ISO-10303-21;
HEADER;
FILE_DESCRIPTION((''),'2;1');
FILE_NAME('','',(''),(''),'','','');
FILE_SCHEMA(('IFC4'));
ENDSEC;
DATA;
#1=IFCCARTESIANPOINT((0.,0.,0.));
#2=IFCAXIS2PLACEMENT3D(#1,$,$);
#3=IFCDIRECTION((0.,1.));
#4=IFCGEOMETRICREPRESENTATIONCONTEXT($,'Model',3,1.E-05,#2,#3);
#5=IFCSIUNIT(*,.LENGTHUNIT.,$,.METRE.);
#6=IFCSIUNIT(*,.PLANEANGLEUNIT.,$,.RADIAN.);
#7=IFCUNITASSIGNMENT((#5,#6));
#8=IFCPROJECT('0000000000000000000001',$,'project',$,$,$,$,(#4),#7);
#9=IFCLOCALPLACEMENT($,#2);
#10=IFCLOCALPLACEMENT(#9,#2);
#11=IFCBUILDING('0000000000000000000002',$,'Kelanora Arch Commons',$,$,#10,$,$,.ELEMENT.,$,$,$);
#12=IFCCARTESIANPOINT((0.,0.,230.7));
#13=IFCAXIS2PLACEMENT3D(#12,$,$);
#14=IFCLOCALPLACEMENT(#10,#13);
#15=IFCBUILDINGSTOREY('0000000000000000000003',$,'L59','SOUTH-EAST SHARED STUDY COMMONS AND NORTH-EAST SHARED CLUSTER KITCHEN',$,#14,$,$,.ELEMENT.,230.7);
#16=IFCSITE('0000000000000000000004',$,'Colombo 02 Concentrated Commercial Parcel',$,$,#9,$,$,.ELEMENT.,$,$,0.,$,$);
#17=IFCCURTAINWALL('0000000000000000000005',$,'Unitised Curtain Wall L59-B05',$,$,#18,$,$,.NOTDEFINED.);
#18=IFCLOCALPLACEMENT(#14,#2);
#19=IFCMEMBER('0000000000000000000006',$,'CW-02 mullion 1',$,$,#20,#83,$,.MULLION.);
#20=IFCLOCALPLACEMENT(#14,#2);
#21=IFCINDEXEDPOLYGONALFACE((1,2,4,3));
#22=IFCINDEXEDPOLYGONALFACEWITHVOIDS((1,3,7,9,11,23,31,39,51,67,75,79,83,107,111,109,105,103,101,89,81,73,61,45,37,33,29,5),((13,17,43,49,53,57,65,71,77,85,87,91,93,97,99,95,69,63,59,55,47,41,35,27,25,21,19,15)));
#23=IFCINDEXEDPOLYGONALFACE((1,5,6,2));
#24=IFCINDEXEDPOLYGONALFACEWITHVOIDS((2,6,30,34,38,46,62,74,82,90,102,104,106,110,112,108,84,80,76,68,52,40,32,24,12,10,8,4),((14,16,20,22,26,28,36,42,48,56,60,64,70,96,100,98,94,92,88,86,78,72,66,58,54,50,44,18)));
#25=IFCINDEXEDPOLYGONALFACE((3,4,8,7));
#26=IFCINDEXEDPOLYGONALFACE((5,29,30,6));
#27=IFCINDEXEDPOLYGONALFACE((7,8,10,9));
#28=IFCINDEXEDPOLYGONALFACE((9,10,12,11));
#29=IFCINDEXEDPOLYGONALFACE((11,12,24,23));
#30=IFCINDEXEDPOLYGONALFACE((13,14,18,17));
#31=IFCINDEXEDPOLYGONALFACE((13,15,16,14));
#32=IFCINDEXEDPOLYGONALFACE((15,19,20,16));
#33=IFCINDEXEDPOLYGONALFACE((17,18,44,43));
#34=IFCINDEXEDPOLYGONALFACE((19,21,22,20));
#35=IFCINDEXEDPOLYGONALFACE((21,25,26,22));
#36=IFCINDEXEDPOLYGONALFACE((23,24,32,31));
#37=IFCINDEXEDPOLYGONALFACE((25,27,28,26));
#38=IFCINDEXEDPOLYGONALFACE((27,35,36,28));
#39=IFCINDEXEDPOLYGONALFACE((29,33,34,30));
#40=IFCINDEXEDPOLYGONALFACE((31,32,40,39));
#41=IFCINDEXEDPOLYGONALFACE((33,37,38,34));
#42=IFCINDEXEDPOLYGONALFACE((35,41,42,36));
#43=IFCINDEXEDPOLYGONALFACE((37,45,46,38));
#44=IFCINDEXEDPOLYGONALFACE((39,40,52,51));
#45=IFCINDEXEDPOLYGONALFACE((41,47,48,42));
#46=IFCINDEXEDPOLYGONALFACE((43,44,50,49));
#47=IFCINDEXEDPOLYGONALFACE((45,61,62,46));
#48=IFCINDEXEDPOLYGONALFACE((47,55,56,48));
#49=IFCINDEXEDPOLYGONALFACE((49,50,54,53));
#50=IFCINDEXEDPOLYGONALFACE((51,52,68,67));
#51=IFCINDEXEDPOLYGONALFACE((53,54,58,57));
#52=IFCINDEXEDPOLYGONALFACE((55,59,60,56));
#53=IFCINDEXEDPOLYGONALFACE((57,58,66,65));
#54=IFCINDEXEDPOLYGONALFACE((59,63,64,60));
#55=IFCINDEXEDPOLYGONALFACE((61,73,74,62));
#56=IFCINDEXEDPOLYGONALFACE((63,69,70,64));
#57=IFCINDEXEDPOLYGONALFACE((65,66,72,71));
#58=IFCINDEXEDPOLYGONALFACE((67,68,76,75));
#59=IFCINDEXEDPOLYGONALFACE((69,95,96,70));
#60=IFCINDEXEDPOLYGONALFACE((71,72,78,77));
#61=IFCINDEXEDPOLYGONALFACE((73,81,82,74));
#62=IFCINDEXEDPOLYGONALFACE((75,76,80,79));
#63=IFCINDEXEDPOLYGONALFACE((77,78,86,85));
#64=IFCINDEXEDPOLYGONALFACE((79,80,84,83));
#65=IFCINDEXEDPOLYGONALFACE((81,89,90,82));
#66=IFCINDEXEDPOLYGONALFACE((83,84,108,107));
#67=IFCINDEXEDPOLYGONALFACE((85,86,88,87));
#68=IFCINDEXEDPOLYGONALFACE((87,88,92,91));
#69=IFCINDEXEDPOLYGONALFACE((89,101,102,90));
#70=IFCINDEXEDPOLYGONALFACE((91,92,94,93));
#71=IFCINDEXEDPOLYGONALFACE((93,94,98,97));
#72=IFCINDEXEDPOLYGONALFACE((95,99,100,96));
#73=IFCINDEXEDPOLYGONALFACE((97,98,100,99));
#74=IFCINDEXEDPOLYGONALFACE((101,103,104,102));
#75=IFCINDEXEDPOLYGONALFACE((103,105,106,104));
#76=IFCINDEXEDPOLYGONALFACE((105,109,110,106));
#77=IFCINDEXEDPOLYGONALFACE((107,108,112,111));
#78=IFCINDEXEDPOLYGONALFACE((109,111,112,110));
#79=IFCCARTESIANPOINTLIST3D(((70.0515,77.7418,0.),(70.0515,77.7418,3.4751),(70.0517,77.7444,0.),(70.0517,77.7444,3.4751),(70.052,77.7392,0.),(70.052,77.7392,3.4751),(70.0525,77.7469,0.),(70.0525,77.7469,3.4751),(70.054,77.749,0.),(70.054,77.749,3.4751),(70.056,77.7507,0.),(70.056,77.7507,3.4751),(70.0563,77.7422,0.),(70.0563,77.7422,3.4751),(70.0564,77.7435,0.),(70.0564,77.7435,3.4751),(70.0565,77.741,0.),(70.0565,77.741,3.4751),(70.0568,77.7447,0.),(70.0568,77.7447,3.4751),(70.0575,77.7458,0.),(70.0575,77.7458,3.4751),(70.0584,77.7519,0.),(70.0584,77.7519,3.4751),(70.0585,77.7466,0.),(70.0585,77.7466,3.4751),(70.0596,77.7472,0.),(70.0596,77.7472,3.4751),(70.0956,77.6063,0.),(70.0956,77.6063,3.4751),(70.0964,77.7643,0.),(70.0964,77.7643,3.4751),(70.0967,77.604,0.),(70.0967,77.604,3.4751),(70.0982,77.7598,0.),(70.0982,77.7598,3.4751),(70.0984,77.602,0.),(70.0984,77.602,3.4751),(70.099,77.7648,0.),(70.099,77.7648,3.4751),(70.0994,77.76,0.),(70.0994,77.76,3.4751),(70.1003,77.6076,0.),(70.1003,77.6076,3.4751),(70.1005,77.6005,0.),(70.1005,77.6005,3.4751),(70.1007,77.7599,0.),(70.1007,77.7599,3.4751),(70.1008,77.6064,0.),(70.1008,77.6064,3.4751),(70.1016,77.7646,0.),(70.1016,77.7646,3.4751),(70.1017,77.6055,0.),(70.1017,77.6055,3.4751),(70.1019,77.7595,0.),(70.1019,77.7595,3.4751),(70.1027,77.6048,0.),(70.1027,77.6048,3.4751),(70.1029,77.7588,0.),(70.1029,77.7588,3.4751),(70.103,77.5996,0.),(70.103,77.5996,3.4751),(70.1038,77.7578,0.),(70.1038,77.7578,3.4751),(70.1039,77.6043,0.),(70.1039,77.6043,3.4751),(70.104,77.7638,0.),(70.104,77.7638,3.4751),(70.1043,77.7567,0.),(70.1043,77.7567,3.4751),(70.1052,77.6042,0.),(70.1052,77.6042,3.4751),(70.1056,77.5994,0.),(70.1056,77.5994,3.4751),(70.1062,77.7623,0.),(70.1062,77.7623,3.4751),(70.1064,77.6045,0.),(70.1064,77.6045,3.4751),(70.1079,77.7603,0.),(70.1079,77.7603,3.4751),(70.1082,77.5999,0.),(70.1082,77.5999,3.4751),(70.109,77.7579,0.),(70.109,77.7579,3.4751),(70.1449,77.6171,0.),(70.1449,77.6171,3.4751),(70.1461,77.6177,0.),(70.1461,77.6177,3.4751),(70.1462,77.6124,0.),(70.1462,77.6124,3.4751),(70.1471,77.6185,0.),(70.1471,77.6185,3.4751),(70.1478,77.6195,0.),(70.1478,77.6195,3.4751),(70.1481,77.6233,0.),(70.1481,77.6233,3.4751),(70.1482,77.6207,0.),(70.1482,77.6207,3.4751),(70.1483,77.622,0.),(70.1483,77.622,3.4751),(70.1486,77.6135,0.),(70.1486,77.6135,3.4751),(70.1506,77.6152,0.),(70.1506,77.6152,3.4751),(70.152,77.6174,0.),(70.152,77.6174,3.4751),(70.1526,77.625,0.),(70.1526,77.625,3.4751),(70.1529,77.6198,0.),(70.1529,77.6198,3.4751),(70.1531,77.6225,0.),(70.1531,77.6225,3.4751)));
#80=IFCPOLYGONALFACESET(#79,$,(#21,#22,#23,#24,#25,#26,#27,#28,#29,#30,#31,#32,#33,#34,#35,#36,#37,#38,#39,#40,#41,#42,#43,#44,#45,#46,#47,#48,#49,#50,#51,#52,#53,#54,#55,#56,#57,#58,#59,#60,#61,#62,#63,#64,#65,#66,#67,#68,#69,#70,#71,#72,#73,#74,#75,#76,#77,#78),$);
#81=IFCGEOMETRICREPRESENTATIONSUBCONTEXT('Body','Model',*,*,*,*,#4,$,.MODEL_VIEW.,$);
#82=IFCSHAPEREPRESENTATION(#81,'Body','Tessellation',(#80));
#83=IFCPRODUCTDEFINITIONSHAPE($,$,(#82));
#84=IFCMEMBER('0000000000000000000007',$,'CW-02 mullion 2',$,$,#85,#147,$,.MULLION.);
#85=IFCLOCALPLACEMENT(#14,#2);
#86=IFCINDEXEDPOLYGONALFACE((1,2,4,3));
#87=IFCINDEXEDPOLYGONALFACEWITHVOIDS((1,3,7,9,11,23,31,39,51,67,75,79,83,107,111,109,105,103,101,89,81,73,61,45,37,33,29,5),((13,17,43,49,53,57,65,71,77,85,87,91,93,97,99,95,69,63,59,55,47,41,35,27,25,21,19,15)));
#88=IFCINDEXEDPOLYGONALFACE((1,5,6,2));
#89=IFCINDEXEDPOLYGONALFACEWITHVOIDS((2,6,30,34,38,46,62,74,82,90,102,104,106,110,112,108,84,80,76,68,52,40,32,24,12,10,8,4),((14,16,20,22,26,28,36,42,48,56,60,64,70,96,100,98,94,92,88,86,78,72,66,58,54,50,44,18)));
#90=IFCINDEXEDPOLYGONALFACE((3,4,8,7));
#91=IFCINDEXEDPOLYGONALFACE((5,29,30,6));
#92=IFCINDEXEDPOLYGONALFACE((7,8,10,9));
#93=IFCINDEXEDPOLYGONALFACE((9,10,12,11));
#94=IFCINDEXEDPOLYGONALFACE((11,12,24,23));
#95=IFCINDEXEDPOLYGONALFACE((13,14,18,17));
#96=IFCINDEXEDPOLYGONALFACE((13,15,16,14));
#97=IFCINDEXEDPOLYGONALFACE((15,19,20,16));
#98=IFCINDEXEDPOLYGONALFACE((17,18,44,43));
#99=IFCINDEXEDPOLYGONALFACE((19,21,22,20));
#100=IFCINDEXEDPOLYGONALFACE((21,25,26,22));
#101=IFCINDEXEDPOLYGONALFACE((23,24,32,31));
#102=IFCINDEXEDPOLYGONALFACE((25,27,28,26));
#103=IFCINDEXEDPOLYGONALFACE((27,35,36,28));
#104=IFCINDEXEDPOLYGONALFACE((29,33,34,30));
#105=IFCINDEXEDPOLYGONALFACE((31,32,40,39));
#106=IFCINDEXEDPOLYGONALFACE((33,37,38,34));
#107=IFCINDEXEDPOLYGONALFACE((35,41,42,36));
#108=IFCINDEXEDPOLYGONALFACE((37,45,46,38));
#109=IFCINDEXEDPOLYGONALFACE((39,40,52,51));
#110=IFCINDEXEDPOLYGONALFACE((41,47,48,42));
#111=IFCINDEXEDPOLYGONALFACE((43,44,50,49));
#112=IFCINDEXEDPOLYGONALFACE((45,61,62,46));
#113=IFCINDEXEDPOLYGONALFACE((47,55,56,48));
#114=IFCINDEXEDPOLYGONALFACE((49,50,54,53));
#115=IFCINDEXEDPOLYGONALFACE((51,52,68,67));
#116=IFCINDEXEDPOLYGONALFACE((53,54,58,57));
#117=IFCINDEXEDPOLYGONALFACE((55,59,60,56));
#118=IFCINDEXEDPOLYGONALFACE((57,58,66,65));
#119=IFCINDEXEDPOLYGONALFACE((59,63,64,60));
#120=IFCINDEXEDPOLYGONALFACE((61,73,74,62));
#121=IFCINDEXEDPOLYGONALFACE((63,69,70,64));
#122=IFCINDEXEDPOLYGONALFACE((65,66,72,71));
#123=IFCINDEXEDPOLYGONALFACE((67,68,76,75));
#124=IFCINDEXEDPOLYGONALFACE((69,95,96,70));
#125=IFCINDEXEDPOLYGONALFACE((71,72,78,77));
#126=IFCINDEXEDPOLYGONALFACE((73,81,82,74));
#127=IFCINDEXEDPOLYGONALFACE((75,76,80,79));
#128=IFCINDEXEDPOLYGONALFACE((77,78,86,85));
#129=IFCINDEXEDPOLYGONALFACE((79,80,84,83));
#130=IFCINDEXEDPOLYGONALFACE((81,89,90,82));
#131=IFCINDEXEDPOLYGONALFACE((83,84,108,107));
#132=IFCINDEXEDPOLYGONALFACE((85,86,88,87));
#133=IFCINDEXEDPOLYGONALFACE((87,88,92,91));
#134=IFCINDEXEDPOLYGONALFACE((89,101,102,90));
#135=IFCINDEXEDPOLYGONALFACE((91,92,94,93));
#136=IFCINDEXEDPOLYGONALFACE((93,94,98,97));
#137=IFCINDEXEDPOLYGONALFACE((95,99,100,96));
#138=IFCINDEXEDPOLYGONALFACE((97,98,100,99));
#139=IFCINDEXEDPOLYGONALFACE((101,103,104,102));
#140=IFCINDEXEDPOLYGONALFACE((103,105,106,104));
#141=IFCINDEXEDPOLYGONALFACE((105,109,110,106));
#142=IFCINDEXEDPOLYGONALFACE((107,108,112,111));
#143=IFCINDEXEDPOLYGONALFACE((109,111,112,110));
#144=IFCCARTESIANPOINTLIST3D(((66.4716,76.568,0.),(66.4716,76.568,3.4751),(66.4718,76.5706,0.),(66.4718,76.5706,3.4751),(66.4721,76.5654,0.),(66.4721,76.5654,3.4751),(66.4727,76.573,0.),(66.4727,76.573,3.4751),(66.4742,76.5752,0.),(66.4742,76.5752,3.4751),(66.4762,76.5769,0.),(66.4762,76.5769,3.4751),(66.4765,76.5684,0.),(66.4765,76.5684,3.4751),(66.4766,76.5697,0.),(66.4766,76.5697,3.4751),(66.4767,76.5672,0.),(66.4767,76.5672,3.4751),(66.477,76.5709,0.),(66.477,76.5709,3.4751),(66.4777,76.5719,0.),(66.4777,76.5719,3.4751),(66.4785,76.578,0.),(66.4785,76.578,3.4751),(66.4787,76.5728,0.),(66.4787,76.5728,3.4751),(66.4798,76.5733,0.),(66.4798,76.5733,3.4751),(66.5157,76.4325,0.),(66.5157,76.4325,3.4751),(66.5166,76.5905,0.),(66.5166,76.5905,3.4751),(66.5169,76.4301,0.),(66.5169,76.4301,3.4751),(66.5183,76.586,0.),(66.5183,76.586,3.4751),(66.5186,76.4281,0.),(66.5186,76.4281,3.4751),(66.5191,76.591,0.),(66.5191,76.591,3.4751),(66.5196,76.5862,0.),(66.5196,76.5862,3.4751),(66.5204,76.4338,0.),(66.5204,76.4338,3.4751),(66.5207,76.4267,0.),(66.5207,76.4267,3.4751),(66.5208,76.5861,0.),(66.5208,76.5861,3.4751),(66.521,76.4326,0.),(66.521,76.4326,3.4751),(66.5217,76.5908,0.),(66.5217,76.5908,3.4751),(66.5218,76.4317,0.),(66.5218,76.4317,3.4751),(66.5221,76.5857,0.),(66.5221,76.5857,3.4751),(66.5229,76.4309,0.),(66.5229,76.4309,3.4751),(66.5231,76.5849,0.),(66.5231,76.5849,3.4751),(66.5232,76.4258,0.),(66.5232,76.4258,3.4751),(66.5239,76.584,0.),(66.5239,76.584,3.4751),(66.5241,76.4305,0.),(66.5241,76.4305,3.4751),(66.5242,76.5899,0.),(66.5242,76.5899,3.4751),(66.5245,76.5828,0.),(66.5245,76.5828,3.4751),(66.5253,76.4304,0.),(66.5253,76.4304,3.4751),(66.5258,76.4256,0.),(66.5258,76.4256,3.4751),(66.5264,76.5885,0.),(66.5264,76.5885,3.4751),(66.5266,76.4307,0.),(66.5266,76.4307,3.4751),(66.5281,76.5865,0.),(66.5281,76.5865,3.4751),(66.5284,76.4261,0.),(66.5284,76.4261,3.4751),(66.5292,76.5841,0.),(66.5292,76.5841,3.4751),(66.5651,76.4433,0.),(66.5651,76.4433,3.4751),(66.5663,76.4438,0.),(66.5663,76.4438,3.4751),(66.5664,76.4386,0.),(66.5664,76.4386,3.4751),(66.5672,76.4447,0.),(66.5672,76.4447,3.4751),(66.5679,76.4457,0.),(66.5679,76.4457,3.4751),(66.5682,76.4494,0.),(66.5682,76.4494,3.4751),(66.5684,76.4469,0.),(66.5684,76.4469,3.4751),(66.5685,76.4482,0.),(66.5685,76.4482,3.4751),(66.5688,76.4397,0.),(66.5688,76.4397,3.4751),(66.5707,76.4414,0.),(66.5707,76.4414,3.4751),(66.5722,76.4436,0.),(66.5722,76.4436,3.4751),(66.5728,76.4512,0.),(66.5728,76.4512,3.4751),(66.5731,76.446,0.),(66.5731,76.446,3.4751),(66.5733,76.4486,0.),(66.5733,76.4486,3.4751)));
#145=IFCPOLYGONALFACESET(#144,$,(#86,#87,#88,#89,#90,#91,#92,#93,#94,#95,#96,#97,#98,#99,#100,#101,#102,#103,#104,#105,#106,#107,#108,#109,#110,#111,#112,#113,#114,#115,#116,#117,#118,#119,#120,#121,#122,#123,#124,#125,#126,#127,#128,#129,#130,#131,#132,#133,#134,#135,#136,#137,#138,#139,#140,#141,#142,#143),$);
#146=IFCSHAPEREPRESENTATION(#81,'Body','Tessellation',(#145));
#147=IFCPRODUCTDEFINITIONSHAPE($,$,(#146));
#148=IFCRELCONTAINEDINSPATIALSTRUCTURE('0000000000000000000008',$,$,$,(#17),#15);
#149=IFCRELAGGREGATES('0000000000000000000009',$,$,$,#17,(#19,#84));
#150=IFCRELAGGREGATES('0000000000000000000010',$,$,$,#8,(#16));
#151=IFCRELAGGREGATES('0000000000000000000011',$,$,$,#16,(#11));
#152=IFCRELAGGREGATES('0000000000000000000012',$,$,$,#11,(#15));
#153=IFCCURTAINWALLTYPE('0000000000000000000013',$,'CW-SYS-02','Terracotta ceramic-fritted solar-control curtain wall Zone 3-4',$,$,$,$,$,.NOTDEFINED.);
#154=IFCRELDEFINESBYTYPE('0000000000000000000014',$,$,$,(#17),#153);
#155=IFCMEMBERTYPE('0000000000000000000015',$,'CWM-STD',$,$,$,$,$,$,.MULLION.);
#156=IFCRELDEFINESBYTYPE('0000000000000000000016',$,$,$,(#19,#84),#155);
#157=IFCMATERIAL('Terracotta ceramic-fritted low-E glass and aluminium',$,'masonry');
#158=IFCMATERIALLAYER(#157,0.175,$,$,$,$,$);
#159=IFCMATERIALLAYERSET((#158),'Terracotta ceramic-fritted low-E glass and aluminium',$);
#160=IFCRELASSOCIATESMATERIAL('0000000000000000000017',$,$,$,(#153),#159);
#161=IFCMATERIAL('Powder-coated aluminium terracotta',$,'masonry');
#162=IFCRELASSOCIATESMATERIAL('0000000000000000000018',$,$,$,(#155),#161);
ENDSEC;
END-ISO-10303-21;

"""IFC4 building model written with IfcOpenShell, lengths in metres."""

from ifc_helpers import new_model, si_unit, direction, frame, origin, origin_2d, place, context, subcontext, project, spatial, hollow_rectangle, extrude, material, layer, layer_set, material_profile, profile_set, type_object, element, aggregate, save


model = new_model("IFC4")

# Units and contexts
model_context = context("Model", 3, precision=1e-05, world=origin(), true_north=direction((0.0, 1.0)))
body_context = subcontext(model_context, "Body", "Model", "MODEL_VIEW")
ifc_project = project(units=[si_unit("LENGTHUNIT", "METRE"), si_unit("PLANEANGLEUNIT", "RADIAN")], contexts=[model_context])

# Site, building, storey
site_placement = place(None, origin())
site = spatial("IfcSite", under=ifc_project, at=site_placement, Name="Colombo 02 Concentrated Commercial Parcel", CompositionType="ELEMENT", RefElevation=0.0)
building_placement = place(site_placement, origin())
building = spatial("IfcBuilding", under=site, at=building_placement, Name="Kelanora Arch Commons", CompositionType="ELEMENT")
storey_placement = place(building_placement, frame((0.0, 0.0, 230.7)))
storey = spatial("IfcBuildingStorey", under=building, at=storey_placement, Name="L59", Description="SOUTH-EAST SHARED STUDY COMMONS AND NORTH-EAST SHARED CLUSTER KITCHEN", CompositionType="ELEMENT", Elevation=230.7)

# Curtain wall, members
ifc_material_1 = material(Name="Terracotta ceramic-fritted low-E glass and aluminium", Category="masonry")
ifc_layer_1 = layer(ifc_material_1, 0.175)
ifc_layer_set_1 = layer_set([ifc_layer_1], Name="Terracotta ceramic-fritted low-E glass and aluminium")
curtain_wall_type = type_object("IfcCurtainWallType", Name="CW-SYS-02", Description="Terracotta ceramic-fritted solar-control curtain wall Zone 3-4", PredefinedType="NOTDEFINED", material=ifc_layer_set_1)
curtain_wall_placement = place(storey_placement, origin())
curtain_wall = element("IfcCurtainWall", 1, at=curtain_wall_placement, inside=storey, type_object=curtain_wall_type, Name="Unitised Curtain Wall L59-B05", PredefinedType="NOTDEFINED")
ifc_material_2 = material(Name="Powder-coated aluminium terracotta", Category="masonry")
ifc_material_profile_1 = material_profile(ifc_material_2, hollow_rectangle(XDim=0.1599, YDim=0.0601, WallThickness=0.0049, InnerFilletRadius=0.0049, OuterFilletRadius=0.01, at=origin_2d()), Name="CWM160x60")
ifc_profile_set_1 = profile_set([ifc_material_profile_1], Name="Powder-coated aluminium terracotta")
member_type_1 = type_object("IfcMemberType", Name="CWM-STD", PredefinedType="MULLION", material=ifc_profile_set_1)
member_1_placement = place(storey_placement, frame((70.1023, 77.6821, 0.0), z_axis=(0.0, 0.0, 1.0), x_axis=(0.311582, -0.950219, 0.0)))
member_1 = element("IfcMember", 2, at=member_1_placement, type_object=member_type_1, Name="CW-02 mullion 1", PredefinedType="MULLION", context=body_context, shape_type="SweptSolid", body=[
    extrude(hollow_rectangle(XDim=0.1599, YDim=0.0601, WallThickness=0.0049, InnerFilletRadius=0.0049, OuterFilletRadius=0.01, at=origin_2d()), origin(), (0.0, 0.0, 1.0), 3.4751),
])
member_2_placement = place(storey_placement, frame((66.5225, 76.5083, 0.0), z_axis=(0.0, 0.0, 1.0), x_axis=(0.311582, -0.950219, 0.0)))
member_2 = element("IfcMember", 3, at=member_2_placement, type_object=member_type_1, Name="CW-02 mullion 2", PredefinedType="MULLION", context=body_context, shape_type="SweptSolid", body=[
    extrude(hollow_rectangle(XDim=0.1599, YDim=0.0601, WallThickness=0.0049, InnerFilletRadius=0.0049, OuterFilletRadius=0.01, at=origin_2d()), origin(), (0.0, 0.0, 1.0), 3.4751),
])
aggregate(curtain_wall, [member_1, member_2])

save(model, "model.ifc")
